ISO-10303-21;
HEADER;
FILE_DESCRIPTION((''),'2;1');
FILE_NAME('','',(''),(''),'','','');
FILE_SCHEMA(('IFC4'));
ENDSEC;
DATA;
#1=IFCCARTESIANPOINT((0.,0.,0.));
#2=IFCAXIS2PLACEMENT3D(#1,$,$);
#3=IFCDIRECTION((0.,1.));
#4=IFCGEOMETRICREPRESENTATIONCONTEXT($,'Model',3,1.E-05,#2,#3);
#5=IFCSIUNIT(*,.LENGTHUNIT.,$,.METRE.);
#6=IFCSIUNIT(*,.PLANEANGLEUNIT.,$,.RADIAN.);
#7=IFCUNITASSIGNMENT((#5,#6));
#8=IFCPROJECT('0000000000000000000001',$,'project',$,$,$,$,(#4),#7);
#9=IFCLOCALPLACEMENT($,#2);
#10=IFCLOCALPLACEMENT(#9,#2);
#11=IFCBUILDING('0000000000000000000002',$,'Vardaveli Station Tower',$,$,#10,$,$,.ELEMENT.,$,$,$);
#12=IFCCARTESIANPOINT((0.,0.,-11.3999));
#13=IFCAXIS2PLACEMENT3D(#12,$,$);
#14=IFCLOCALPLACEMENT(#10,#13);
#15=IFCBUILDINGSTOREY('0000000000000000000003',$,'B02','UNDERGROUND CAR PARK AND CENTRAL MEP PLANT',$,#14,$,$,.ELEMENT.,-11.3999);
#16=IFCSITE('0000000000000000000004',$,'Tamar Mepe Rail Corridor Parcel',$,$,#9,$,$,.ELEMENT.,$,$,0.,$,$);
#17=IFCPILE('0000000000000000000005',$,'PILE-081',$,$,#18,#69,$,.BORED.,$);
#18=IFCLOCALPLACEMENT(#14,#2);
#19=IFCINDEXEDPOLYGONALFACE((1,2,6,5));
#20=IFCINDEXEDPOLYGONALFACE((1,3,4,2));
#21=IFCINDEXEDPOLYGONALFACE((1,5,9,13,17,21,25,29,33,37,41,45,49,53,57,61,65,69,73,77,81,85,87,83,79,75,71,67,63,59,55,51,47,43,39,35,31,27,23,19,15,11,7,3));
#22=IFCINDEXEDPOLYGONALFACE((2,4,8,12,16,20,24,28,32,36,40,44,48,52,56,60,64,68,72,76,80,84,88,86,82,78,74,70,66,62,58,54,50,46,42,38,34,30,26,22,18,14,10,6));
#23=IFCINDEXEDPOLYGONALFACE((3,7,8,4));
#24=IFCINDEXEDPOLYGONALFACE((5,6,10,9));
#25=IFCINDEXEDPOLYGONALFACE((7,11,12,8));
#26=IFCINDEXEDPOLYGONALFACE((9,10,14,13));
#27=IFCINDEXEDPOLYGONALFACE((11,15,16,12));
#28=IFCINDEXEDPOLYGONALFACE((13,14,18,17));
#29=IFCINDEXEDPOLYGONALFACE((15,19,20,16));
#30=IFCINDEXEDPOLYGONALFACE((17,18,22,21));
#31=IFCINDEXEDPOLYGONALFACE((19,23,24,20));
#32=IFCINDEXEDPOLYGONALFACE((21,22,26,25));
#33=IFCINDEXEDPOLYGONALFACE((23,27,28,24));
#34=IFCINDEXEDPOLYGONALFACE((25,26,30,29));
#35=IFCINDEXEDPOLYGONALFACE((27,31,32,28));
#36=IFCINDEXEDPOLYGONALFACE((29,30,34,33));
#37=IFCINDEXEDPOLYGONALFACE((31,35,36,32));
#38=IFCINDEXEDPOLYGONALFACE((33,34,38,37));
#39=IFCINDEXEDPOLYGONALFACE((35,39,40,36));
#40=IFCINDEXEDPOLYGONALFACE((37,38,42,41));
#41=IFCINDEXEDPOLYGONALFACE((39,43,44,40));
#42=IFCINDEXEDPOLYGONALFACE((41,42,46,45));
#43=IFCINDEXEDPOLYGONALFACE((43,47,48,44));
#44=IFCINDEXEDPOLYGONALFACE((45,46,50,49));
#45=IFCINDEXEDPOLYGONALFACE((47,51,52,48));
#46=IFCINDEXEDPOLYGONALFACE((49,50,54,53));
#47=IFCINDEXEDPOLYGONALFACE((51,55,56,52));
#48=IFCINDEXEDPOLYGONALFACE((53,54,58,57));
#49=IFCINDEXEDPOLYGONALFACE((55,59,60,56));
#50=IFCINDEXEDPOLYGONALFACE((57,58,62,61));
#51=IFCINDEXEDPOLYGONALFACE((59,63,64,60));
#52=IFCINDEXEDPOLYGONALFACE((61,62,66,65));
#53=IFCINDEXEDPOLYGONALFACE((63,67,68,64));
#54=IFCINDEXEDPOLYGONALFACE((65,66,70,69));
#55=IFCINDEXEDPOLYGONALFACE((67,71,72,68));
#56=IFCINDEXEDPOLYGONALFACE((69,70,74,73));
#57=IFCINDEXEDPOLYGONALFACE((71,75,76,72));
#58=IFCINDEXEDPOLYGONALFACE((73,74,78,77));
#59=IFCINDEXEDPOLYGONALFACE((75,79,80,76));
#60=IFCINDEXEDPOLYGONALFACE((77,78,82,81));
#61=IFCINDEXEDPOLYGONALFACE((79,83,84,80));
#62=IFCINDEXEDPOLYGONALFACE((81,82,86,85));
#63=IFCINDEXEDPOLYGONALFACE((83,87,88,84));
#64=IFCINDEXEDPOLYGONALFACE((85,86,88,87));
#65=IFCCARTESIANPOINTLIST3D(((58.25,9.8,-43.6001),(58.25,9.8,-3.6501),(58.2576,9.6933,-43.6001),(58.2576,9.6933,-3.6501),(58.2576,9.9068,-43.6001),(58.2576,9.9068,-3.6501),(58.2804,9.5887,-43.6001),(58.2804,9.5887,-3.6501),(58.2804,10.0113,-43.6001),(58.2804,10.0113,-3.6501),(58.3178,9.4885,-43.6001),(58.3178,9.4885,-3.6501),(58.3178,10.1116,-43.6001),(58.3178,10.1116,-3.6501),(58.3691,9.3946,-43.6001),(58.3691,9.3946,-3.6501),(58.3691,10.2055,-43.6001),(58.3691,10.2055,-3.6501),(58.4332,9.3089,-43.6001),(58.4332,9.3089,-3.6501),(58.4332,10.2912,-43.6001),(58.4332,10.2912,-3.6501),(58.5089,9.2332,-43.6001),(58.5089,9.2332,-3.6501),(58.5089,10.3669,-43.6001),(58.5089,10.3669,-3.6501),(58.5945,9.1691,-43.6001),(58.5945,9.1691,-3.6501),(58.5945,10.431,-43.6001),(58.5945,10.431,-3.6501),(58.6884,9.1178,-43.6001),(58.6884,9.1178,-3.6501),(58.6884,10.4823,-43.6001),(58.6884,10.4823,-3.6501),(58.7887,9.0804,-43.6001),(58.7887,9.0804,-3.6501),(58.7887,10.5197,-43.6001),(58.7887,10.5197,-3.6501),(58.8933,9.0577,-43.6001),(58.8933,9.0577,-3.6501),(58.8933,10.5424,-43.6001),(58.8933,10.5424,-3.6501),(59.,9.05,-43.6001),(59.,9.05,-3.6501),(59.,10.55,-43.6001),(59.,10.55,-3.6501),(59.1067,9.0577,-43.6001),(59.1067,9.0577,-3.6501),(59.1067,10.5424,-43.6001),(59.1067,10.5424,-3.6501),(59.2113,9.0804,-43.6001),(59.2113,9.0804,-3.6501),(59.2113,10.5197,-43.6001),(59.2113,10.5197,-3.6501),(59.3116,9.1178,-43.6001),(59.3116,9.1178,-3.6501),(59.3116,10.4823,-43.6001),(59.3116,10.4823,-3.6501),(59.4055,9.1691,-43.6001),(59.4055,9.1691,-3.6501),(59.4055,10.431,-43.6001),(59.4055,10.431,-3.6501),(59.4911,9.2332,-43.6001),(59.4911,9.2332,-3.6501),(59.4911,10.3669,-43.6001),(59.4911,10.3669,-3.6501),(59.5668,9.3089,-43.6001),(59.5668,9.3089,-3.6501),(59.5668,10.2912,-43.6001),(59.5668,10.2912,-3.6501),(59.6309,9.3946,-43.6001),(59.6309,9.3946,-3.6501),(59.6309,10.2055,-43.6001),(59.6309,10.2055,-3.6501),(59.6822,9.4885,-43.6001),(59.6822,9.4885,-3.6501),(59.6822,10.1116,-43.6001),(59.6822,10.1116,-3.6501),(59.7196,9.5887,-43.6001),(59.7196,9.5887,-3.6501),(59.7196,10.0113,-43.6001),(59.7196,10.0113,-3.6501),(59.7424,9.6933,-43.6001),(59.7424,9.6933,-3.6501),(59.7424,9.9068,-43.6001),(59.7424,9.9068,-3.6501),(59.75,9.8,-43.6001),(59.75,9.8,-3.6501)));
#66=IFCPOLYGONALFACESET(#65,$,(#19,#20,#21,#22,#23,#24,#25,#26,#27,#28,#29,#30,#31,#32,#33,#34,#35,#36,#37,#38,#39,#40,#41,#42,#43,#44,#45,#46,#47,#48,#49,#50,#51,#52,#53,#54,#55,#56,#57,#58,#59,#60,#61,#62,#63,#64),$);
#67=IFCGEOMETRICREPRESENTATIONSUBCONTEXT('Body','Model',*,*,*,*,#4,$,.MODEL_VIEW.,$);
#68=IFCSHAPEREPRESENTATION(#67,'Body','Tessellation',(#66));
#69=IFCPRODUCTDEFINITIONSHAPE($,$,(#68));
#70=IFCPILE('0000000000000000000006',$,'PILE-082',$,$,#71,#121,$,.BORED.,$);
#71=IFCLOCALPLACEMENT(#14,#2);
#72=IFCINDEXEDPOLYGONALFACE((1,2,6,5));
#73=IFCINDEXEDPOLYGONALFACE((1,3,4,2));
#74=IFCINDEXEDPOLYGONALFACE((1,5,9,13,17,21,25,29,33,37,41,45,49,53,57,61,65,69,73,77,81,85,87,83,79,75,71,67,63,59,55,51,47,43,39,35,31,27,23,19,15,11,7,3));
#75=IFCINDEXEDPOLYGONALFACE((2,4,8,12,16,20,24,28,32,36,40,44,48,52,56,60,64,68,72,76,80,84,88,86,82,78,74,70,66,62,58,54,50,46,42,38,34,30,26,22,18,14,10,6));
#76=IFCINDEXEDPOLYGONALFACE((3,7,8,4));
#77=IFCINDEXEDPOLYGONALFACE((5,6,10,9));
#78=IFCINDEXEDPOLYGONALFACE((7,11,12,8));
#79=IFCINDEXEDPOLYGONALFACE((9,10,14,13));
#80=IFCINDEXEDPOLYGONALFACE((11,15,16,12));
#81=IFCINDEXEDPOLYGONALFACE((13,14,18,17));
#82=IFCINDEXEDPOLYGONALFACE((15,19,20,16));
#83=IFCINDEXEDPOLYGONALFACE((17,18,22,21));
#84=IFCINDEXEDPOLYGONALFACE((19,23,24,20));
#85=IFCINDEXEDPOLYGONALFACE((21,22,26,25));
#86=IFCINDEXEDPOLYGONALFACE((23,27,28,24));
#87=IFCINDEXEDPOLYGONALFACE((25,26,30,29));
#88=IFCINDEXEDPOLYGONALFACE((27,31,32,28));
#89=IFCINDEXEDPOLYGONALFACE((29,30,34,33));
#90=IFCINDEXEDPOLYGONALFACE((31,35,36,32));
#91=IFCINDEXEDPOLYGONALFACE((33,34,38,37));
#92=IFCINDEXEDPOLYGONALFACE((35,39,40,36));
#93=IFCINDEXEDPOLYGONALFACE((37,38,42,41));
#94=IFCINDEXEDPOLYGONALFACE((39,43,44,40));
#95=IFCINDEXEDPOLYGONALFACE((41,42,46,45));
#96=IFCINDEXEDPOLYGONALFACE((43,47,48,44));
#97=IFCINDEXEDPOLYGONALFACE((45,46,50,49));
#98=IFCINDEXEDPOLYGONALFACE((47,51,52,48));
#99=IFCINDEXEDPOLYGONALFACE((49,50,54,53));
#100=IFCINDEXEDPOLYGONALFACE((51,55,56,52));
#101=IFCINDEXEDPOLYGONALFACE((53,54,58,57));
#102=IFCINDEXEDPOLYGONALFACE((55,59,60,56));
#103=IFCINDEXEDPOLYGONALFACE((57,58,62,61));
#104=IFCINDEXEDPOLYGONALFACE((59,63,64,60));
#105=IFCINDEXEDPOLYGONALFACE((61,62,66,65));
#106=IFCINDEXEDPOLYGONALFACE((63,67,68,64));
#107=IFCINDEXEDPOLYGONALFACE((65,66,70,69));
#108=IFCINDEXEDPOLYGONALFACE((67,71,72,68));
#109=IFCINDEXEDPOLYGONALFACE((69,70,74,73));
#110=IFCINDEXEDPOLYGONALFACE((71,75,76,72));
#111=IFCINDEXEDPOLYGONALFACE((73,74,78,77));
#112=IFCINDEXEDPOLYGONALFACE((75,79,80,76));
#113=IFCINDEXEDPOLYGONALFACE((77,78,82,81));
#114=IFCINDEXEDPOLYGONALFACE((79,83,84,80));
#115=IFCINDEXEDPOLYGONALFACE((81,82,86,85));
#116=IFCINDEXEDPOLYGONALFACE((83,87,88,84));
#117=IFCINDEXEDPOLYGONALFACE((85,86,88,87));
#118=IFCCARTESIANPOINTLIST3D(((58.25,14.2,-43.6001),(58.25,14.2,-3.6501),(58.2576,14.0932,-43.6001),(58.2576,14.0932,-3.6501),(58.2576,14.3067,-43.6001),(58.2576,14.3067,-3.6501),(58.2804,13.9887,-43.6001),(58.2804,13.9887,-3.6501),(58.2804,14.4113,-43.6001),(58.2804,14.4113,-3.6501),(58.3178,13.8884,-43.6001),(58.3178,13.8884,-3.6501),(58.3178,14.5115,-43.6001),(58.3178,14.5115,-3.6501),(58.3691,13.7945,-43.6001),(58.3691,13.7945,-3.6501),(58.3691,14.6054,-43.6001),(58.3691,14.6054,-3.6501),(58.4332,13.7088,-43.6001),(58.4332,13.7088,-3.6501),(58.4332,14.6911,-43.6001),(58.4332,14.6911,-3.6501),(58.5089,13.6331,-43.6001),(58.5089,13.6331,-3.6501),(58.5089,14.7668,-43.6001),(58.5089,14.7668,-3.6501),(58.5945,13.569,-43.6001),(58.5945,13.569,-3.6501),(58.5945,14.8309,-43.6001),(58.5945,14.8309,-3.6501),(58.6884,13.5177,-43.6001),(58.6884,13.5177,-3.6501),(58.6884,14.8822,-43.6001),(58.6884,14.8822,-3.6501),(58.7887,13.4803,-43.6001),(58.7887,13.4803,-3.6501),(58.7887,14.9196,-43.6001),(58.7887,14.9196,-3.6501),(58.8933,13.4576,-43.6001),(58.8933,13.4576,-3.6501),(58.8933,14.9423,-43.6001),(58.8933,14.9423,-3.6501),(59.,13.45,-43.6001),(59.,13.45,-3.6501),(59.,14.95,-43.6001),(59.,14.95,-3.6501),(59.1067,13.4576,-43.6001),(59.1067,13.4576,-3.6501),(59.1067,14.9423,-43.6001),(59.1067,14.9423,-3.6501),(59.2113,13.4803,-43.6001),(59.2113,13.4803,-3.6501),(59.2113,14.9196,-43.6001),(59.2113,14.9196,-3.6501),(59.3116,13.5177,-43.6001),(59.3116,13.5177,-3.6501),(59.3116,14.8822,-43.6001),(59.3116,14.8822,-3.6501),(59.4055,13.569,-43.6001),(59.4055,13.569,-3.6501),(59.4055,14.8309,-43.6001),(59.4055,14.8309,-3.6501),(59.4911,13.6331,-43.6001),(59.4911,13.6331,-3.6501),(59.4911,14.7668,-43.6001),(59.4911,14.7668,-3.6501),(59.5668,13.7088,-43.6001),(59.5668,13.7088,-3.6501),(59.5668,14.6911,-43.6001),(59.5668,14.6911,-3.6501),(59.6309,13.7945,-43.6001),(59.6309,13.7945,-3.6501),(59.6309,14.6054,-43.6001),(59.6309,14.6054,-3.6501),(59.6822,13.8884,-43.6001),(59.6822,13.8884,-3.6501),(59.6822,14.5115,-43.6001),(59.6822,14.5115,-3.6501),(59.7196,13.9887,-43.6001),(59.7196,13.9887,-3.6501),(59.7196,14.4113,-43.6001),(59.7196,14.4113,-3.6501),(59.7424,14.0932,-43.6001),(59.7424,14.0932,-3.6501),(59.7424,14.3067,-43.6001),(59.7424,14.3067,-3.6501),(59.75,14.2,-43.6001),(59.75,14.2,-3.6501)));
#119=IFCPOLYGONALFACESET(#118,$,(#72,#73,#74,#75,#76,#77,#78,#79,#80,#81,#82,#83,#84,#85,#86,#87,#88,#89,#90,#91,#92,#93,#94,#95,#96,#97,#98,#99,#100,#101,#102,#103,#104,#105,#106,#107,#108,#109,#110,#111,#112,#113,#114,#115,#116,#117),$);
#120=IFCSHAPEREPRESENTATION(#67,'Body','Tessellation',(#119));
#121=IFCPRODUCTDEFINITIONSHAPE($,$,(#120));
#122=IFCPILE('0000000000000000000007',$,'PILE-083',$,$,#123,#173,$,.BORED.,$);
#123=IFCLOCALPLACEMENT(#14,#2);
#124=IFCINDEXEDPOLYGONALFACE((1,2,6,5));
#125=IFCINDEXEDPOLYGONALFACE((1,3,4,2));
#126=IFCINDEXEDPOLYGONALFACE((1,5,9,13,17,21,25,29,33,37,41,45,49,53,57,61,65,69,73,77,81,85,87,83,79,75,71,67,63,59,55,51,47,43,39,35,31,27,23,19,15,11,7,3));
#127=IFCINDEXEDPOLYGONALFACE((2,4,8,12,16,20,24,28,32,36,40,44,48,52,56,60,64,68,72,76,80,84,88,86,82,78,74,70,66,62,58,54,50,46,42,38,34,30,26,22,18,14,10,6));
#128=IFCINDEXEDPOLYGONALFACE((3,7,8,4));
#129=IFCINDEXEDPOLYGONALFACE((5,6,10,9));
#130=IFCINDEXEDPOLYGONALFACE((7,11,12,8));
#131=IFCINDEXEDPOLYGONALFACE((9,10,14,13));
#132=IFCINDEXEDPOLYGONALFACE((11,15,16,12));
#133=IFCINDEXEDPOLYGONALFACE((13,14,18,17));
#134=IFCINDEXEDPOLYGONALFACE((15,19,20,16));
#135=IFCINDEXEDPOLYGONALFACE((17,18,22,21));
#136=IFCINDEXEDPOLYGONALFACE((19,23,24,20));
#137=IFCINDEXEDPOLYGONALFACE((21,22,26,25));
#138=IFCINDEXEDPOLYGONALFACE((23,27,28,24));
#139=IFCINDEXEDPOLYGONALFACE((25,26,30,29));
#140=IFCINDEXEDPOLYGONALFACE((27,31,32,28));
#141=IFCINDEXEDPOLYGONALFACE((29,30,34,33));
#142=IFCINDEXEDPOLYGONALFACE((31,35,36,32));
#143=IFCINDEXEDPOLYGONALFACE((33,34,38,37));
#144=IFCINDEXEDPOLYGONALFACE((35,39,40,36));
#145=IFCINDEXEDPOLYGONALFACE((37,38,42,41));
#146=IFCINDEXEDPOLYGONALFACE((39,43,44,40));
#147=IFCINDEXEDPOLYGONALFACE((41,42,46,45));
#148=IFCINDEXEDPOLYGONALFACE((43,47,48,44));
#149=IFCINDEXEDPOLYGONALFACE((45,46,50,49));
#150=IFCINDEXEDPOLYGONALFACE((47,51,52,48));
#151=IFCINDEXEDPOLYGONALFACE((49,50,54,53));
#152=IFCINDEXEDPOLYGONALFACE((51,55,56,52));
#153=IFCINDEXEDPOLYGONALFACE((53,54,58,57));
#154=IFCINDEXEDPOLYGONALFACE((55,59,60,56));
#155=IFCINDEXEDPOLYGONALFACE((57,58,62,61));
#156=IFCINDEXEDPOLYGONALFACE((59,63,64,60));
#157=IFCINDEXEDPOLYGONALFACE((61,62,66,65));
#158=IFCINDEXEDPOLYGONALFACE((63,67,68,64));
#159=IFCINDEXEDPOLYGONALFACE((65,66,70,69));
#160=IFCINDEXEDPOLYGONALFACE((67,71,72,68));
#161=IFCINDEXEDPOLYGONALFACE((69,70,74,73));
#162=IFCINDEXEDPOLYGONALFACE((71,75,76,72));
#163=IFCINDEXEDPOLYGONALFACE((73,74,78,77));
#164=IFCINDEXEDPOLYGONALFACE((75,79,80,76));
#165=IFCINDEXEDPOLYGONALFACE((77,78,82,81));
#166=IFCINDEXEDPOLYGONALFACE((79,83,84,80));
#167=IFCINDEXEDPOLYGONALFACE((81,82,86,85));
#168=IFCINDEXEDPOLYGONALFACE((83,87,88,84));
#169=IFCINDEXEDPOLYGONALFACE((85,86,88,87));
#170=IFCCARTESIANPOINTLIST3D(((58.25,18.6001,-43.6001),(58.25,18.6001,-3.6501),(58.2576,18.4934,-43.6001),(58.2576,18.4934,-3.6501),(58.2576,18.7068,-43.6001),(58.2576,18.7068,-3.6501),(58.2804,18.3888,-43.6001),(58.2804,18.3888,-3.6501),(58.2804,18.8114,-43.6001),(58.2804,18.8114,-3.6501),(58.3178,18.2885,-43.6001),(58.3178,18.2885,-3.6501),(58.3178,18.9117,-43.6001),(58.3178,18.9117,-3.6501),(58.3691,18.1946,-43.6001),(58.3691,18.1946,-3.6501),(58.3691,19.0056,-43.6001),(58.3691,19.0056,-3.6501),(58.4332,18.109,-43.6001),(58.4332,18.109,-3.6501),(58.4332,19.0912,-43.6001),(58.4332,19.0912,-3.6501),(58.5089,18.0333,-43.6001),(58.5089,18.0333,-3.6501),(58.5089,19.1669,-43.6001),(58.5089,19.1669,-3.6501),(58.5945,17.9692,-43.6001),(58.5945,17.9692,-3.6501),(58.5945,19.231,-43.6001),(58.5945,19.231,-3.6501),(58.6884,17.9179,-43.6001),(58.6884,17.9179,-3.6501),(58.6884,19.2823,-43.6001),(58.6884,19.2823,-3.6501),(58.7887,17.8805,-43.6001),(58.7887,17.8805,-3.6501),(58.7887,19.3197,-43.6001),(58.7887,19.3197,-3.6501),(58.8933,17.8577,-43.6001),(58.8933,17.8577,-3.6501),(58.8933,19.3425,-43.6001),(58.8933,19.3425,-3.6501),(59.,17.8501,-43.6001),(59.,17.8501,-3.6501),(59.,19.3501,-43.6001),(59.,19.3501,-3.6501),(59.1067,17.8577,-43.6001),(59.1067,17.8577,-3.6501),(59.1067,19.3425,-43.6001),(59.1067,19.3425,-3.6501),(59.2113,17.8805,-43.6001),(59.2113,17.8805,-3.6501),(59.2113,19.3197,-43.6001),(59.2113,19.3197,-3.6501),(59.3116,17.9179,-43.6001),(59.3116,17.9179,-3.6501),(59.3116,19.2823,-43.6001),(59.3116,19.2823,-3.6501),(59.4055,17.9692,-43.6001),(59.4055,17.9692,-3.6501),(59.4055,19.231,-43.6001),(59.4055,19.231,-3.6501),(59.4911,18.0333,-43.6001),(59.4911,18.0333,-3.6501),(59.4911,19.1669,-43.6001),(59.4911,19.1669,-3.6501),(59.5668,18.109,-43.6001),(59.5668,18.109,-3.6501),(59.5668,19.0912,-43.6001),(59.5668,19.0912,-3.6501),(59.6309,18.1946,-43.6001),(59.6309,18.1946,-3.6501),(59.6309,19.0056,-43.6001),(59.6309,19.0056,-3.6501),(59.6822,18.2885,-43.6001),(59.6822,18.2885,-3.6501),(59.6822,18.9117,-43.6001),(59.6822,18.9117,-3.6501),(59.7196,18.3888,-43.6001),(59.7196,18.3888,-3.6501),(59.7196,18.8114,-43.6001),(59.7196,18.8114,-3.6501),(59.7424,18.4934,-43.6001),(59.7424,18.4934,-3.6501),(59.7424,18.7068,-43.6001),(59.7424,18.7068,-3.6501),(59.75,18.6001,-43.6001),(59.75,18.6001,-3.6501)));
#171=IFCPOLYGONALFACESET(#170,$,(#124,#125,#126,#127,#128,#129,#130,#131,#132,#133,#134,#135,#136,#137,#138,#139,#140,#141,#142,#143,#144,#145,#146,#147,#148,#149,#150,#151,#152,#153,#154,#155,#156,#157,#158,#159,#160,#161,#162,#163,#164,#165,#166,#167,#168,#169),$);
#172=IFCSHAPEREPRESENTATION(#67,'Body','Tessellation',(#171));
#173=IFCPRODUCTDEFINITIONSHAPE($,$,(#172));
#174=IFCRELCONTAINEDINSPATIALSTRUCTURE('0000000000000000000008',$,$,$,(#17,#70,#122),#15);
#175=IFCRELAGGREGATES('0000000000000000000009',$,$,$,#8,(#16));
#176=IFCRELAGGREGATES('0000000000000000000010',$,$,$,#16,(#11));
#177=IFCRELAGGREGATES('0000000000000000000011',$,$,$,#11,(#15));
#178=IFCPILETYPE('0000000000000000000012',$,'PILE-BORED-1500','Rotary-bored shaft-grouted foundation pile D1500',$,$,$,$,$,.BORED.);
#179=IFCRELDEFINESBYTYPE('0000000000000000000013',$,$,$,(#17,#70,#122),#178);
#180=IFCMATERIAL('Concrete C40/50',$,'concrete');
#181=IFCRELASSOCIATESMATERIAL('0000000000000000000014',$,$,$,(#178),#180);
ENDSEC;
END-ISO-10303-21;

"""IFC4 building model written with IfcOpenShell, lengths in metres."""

from ifc_helpers import new_model, si_unit, direction, frame, origin, origin_2d, place, context, subcontext, project, spatial, circle, extrude, source, transform, mapped, material, material_profile, profile_set, type_object, element, save


model = new_model("IFC4")

# Units and contexts
model_context = context("Model", 3, precision=1e-05, world=origin(), true_north=direction((0.0, 1.0)))
body_context = subcontext(model_context, "Body", "Model", "MODEL_VIEW")
ifc_project = project(units=[si_unit("LENGTHUNIT", "METRE"), si_unit("PLANEANGLEUNIT", "RADIAN")], contexts=[model_context])

# Site, building, storey
site_placement = place(None, origin())
site = spatial("IfcSite", under=ifc_project, at=site_placement, Name="Tamar Mepe Rail Corridor Parcel", CompositionType="ELEMENT", RefElevation=0.0)
building_placement = place(site_placement, origin())
building = spatial("IfcBuilding", under=site, at=building_placement, Name="Vardaveli Station Tower", CompositionType="ELEMENT")
storey_placement = place(building_placement, frame((0.0, 0.0, -11.3999)))
storey = spatial("IfcBuildingStorey", under=building, at=storey_placement, Name="B02", Description="UNDERGROUND CAR PARK AND CENTRAL MEP PLANT", CompositionType="ELEMENT", Elevation=-11.3999)

# Piles
ifc_material_1 = material(Name="Concrete C40/50", Category="concrete")
ifc_material_profile_1 = material_profile(ifc_material_1, circle(Radius=0.75, at=origin_2d()), Name="PILE D1500")
ifc_profile_set_1 = profile_set([ifc_material_profile_1], Name="Concrete C40/50")
pile_type_1 = type_object("IfcPileType", Name="PILE-BORED-1500", Description="Rotary-bored shaft-grouted foundation pile D1500", PredefinedType="BORED", material=ifc_profile_set_1)
shared_shape_1 = source(origin(), body_context, "Body", "SweptSolid", [
    extrude(circle(Radius=0.75, at=origin_2d()), origin(), (0.0, 0.0, 1.0), 39.95),
])
for number, where, z_axis, x_axis, name in (
    (1, (59.0, 9.8, -3.6501), (0.0, 0.0, -1.0), (1.0, 0.0, 0.0), "PILE-081"),
    (2, (59.0, 14.2, -3.6501), (0.0, 0.0, -1.0), (1.0, 0.0, 0.0), "PILE-082"),
    (3, (59.0, 18.6001, -3.6501), (0.0, 0.0, -1.0), (1.0, 0.0, 0.0), "PILE-083"),
):
    element("IfcPile", number, at=place(storey_placement, frame(where, z_axis=z_axis, x_axis=x_axis)), inside=storey, type_object=pile_type_1, Name=name, PredefinedType="BORED", context=body_context, shape_type="MappedRepresentation", body=[
        mapped(shared_shape_1, transform((0.0, 0.0, 0.0), scale=1.0)),
    ])

save(model, "model.ifc")
